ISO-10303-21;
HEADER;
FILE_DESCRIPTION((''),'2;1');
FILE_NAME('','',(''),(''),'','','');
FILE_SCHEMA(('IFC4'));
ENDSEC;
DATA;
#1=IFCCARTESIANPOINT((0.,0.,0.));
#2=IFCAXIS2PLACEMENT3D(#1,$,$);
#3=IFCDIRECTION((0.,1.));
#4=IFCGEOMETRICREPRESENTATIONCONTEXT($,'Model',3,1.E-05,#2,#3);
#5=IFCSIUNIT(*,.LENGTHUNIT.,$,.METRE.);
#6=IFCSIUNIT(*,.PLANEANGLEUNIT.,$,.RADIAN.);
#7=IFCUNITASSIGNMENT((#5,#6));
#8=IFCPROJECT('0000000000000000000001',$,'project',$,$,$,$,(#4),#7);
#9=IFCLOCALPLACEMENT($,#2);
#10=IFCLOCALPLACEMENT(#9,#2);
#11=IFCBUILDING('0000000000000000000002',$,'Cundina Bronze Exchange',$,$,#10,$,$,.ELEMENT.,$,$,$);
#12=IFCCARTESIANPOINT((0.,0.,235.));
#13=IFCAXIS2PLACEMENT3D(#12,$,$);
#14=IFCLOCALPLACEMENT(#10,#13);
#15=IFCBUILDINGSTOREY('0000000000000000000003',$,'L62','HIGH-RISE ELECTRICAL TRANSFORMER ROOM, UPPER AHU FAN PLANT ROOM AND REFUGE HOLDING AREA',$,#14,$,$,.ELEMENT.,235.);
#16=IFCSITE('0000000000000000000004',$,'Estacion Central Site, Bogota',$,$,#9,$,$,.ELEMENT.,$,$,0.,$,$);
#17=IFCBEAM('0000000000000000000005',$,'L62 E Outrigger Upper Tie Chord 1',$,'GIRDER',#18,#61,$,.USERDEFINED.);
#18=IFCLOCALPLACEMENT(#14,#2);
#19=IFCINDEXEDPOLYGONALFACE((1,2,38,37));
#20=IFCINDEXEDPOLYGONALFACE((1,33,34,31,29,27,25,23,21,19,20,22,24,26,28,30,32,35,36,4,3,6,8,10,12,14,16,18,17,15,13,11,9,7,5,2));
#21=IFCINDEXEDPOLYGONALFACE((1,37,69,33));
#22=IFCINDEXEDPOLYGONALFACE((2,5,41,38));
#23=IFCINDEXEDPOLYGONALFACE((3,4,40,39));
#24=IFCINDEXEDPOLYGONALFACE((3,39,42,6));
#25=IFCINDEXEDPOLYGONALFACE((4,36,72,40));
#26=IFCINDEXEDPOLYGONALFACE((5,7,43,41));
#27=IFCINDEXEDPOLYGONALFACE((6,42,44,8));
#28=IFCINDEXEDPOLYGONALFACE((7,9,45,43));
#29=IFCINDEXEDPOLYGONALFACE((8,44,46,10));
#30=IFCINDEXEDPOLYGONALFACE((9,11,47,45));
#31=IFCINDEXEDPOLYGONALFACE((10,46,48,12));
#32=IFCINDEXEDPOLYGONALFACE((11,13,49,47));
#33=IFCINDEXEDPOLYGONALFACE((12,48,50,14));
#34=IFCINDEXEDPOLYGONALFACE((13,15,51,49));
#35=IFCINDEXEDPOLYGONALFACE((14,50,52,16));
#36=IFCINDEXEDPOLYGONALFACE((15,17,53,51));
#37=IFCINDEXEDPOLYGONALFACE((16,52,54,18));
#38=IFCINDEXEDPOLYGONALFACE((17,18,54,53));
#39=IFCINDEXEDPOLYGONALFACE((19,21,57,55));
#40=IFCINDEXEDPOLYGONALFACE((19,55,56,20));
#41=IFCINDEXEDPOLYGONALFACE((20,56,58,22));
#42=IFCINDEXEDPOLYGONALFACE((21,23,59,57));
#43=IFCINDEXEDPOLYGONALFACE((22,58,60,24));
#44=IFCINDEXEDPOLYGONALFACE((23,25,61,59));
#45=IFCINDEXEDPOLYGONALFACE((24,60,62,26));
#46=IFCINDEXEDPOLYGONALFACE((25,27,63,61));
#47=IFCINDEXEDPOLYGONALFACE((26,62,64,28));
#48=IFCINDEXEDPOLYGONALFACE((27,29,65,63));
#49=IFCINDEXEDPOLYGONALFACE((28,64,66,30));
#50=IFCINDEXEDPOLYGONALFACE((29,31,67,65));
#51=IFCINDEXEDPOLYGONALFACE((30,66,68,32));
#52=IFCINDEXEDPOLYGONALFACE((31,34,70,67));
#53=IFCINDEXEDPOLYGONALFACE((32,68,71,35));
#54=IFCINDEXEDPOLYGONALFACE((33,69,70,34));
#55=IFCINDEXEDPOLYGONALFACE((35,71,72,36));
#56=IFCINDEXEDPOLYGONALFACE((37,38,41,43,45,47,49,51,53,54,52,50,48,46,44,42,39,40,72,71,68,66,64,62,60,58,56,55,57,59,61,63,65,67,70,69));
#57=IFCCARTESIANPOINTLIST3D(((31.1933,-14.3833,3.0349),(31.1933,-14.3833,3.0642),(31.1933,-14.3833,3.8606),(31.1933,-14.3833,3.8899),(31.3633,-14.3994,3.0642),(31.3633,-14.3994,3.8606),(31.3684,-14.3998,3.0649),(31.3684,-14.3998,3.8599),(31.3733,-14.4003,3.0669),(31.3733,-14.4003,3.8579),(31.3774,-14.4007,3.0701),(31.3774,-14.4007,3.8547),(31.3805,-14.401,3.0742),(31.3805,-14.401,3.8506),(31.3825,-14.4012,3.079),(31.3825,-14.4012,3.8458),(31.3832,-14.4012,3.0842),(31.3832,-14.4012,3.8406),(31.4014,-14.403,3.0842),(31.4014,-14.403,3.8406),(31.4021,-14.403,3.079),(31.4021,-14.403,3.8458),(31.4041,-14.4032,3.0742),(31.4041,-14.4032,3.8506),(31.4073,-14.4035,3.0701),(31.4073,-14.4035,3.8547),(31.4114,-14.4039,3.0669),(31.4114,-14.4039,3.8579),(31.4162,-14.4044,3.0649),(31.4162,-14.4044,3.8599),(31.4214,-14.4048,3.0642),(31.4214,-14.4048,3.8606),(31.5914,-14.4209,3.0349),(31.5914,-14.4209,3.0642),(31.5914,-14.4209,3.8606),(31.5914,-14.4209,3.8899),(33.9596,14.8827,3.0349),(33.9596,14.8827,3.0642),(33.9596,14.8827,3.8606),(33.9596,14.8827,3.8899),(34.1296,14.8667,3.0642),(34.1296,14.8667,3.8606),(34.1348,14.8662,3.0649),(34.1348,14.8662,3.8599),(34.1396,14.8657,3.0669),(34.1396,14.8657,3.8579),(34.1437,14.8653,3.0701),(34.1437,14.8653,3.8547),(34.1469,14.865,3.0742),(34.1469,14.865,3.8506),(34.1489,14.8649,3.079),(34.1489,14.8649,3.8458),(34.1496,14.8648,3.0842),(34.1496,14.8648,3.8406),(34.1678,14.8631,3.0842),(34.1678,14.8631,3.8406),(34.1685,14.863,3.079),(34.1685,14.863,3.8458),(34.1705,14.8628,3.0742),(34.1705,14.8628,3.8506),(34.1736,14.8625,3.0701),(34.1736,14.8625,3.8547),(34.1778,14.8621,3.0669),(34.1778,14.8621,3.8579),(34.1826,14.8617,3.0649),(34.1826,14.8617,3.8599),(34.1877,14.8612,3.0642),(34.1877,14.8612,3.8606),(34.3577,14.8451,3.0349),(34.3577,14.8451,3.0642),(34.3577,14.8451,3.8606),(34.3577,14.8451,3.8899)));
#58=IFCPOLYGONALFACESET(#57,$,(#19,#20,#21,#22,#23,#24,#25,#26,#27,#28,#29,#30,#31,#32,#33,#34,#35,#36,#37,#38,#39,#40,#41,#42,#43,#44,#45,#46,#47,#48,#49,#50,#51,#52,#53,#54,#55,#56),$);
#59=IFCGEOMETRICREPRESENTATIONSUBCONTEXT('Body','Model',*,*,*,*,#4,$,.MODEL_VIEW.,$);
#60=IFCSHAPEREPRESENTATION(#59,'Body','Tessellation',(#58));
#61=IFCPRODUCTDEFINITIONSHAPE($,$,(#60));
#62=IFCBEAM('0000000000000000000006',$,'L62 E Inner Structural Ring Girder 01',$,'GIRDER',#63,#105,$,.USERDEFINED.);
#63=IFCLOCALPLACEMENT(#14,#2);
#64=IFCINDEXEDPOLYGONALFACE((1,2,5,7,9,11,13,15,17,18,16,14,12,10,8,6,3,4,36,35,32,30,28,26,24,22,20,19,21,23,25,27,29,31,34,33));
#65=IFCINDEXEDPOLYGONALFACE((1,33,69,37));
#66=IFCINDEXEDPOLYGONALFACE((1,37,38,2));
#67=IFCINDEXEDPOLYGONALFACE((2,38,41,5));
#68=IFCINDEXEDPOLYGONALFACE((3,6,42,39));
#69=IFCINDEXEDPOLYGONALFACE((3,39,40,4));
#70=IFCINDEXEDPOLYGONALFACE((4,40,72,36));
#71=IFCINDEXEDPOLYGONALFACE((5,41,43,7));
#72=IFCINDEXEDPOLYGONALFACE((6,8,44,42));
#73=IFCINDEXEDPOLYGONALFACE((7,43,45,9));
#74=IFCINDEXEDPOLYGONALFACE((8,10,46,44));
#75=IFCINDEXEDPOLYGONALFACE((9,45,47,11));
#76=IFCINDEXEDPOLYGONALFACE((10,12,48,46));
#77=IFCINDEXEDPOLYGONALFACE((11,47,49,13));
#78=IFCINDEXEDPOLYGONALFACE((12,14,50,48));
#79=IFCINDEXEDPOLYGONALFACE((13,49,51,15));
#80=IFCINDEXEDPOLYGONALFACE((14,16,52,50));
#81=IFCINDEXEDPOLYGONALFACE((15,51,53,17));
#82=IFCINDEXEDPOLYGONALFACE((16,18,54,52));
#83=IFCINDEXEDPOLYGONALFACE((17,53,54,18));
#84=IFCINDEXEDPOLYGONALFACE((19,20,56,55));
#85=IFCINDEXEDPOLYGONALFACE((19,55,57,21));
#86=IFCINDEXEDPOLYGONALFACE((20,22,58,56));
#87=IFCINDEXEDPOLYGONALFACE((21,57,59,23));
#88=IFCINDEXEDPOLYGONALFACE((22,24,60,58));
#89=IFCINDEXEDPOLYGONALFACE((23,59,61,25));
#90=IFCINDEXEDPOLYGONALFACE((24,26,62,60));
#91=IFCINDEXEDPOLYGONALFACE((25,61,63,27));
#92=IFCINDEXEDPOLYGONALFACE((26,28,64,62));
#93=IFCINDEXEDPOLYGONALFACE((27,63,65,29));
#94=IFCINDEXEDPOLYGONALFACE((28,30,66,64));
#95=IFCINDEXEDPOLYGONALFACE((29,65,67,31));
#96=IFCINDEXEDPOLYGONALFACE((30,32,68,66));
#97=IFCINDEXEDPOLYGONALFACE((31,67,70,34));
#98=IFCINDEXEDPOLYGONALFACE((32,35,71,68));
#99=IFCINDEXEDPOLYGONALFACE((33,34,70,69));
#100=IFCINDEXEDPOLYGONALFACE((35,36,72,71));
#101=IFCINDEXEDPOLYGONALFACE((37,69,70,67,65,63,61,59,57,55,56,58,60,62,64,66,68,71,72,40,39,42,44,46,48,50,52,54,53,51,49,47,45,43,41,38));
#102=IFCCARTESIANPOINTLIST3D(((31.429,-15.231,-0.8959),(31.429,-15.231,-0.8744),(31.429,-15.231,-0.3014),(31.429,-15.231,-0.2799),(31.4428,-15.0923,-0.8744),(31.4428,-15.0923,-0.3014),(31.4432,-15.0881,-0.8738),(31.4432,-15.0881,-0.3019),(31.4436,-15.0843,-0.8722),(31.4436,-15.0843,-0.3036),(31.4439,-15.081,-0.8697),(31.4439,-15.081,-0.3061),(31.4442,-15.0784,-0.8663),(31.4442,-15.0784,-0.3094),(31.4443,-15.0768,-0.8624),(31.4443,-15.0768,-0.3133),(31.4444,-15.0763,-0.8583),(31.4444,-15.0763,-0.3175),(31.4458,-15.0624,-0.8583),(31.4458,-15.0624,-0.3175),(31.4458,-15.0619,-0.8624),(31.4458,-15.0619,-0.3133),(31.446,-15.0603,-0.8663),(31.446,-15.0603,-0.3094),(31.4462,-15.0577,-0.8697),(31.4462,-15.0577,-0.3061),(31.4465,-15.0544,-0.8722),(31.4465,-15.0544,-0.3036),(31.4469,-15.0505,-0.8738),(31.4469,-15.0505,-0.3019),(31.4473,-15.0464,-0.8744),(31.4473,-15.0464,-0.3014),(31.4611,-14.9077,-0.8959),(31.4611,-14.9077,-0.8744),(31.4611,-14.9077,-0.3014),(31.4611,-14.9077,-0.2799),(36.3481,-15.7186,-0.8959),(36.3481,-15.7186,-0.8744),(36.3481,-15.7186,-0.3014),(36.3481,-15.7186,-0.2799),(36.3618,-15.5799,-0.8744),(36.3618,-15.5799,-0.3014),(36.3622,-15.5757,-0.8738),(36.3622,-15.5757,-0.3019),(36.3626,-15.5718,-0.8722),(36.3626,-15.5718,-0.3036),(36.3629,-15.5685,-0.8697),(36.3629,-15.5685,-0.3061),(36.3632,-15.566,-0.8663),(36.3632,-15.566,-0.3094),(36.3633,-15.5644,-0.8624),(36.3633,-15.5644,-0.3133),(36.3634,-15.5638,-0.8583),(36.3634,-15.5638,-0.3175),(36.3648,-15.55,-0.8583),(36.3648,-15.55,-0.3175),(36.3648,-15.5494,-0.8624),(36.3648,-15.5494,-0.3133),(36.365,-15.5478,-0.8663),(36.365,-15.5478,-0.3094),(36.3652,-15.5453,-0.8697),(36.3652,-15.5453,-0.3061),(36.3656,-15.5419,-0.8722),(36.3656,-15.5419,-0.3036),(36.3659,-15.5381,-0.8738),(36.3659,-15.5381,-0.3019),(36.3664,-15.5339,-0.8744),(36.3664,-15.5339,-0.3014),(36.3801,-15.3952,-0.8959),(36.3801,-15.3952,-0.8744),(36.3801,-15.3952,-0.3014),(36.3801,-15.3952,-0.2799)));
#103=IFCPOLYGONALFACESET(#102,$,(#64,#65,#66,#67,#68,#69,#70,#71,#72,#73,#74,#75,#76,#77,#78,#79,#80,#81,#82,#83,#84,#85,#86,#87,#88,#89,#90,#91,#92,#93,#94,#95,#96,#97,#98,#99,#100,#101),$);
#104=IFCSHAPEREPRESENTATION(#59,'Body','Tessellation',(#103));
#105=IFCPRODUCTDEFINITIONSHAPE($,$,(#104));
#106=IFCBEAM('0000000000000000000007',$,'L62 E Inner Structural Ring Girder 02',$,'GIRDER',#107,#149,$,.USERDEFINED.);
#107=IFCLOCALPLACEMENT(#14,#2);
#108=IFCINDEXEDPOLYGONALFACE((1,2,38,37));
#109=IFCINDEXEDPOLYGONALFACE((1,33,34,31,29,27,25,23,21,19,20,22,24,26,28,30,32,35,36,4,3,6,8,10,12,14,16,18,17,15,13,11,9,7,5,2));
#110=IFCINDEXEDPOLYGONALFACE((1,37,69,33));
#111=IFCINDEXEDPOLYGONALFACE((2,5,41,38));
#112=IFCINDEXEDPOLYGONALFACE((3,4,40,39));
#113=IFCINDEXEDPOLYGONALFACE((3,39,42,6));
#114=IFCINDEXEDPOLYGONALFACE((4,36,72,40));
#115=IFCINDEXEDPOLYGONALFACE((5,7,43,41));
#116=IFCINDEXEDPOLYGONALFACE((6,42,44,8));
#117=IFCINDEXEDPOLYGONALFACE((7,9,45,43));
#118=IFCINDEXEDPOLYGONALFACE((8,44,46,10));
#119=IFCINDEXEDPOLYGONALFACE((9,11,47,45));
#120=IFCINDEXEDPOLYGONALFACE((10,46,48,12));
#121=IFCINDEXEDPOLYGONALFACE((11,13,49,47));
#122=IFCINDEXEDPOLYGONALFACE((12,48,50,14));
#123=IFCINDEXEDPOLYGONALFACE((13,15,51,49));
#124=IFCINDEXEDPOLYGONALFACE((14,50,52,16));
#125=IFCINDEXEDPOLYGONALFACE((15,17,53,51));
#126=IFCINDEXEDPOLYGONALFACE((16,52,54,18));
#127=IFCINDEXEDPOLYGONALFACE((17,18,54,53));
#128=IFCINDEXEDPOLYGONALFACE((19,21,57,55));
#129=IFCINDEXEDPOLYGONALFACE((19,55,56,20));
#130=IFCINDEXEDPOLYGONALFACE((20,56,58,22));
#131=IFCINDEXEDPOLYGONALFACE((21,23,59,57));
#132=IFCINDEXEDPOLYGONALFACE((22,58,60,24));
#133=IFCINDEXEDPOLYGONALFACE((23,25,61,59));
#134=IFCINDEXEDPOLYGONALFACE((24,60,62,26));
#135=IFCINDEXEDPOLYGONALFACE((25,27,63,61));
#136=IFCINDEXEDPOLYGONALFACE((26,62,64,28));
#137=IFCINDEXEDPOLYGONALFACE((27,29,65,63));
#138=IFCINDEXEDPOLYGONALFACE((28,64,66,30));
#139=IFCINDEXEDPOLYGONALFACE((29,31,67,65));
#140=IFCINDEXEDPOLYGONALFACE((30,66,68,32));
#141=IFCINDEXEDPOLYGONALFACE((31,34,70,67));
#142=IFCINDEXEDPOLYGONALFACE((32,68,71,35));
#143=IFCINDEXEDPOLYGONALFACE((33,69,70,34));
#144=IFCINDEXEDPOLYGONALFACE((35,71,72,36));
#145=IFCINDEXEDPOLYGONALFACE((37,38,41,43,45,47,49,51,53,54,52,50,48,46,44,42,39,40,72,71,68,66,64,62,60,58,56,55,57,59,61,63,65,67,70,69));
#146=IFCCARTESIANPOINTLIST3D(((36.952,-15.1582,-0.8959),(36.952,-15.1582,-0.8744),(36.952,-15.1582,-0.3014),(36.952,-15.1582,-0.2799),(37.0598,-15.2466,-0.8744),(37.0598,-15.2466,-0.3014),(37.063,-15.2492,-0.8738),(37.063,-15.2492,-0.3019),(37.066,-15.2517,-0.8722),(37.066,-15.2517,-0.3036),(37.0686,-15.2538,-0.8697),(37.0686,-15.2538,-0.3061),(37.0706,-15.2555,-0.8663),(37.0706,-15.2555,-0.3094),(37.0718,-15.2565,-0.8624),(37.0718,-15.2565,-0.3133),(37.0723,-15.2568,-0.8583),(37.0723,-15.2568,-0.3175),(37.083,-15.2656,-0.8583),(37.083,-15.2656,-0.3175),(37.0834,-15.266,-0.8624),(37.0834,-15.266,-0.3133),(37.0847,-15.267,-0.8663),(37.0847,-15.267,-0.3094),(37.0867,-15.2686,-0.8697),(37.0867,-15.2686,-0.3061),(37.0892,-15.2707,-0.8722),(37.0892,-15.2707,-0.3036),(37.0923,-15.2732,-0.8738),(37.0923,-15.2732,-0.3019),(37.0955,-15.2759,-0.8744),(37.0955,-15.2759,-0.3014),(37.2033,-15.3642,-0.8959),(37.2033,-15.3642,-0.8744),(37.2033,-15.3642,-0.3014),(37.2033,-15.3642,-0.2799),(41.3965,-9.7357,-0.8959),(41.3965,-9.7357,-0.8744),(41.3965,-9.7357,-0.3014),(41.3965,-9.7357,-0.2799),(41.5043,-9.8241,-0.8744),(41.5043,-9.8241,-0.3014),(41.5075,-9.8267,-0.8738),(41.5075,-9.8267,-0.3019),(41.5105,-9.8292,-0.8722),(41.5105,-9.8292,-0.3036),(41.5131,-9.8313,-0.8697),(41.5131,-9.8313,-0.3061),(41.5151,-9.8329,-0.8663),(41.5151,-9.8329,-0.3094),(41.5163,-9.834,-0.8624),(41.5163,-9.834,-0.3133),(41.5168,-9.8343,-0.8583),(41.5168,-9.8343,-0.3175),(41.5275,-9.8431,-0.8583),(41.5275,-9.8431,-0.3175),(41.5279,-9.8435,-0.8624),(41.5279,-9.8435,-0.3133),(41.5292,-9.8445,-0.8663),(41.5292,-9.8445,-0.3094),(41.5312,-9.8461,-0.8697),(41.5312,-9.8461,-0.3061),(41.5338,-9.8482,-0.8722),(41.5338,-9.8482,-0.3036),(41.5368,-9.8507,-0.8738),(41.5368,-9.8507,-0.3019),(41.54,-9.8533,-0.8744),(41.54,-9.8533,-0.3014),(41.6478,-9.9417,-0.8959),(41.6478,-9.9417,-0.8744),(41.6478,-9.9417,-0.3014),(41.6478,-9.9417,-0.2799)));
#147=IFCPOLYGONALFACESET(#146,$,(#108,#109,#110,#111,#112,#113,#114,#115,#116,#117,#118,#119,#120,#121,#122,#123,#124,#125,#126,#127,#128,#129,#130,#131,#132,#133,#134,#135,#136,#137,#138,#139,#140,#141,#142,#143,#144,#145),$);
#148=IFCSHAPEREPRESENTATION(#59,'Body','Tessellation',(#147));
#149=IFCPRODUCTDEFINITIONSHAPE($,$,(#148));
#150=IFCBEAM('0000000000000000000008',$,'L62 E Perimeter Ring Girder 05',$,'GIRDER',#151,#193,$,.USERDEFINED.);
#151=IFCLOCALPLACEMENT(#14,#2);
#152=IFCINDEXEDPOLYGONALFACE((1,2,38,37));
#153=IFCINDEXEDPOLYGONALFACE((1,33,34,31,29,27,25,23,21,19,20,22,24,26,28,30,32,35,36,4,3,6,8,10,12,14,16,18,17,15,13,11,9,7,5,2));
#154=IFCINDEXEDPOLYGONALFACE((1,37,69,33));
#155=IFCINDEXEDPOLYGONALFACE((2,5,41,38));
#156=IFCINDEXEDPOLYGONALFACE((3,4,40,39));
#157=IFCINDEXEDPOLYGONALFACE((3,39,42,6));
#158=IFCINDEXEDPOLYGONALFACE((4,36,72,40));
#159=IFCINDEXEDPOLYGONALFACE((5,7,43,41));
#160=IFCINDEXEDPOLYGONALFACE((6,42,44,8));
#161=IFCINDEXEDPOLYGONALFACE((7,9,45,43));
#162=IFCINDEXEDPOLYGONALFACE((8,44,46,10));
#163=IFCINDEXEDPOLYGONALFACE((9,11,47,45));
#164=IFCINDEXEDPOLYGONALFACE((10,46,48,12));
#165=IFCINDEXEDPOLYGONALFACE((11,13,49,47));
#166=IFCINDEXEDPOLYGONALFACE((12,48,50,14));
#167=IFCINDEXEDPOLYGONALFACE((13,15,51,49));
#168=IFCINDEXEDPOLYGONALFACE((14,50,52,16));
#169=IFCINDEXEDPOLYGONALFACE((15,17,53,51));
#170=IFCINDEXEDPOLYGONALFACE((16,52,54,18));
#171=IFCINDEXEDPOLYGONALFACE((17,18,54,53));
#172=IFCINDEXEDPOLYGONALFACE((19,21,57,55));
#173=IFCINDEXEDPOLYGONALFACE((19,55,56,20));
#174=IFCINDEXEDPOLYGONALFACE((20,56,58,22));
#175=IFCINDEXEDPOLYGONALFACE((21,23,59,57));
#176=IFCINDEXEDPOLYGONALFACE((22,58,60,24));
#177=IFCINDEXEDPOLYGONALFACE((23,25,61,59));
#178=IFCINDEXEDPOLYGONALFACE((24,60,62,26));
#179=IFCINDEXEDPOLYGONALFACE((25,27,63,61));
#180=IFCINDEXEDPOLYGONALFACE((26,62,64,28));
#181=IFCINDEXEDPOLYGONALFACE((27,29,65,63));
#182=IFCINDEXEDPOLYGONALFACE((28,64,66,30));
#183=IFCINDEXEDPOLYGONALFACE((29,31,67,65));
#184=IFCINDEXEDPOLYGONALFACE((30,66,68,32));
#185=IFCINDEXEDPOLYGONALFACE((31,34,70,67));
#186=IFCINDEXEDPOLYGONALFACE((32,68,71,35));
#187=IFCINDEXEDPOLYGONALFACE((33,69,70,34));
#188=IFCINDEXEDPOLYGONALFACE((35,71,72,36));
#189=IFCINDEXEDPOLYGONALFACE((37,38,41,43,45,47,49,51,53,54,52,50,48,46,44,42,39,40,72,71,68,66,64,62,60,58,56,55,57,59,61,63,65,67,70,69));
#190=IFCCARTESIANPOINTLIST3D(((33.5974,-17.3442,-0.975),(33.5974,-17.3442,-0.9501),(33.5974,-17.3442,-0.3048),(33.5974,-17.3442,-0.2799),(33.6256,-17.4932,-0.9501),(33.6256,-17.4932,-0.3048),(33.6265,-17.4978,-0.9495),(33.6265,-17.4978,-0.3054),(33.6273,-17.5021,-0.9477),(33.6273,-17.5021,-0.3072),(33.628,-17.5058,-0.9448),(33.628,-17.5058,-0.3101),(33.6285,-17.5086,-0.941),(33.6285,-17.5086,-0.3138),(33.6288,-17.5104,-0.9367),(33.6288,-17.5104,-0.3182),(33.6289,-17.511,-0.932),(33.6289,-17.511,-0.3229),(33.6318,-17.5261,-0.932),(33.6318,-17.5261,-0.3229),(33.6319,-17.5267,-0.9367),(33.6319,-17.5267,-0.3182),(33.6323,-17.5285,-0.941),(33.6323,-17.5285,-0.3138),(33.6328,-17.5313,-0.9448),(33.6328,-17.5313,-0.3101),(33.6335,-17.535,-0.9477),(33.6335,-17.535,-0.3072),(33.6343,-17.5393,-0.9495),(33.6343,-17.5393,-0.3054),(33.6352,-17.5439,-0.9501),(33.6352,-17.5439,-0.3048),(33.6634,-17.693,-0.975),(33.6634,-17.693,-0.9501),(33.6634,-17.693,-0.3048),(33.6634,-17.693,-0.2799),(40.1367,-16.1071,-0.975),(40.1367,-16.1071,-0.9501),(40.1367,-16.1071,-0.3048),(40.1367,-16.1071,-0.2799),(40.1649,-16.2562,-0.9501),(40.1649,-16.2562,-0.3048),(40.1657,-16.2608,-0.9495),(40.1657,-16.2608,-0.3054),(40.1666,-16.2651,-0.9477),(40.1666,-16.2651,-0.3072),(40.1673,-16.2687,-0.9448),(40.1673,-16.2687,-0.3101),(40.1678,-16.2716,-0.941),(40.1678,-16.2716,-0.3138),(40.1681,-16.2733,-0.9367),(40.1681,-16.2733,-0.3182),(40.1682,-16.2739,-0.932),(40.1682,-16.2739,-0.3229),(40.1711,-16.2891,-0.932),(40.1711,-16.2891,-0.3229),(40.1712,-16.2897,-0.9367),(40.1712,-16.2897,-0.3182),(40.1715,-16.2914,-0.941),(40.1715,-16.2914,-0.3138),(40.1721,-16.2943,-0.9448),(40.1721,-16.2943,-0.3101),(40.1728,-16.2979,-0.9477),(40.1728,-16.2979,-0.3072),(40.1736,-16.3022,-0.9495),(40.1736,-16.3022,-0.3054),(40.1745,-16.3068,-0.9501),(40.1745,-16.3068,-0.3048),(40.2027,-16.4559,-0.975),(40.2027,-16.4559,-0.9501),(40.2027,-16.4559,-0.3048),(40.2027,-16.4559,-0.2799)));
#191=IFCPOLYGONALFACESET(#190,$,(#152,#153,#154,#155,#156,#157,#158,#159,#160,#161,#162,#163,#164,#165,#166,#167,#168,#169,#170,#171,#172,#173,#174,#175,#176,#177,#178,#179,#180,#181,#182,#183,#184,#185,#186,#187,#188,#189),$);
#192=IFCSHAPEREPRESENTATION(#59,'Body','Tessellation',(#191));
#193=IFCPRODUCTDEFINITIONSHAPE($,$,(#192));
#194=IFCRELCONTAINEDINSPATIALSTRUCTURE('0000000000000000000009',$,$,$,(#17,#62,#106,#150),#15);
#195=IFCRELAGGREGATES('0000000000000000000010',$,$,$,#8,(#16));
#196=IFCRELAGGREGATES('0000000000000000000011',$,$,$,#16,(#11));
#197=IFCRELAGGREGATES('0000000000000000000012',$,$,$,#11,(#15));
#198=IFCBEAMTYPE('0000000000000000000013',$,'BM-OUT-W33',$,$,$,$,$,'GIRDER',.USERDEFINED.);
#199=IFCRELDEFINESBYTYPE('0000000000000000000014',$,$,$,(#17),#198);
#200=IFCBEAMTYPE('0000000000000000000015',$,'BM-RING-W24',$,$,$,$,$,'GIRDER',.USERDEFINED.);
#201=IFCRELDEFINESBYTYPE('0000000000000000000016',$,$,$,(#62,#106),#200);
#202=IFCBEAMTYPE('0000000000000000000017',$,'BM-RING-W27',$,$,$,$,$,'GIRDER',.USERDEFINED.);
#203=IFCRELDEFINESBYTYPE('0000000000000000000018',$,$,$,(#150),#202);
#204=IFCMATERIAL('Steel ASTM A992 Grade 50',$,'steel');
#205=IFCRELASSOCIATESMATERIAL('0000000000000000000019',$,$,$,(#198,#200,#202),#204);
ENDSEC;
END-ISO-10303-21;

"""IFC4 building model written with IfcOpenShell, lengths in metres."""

from ifc_helpers import new_model, si_unit, direction, frame, origin, origin_2d, place, context, subcontext, project, spatial, i_section, extrude, material, material_profile, profile_set, type_object, element, save


model = new_model("IFC4")

# Units and contexts
model_context = context("Model", 3, precision=1e-05, world=origin(), true_north=direction((0.0, 1.0)))
body_context = subcontext(model_context, "Body", "Model", "MODEL_VIEW")
ifc_project = project(units=[si_unit("LENGTHUNIT", "METRE"), si_unit("PLANEANGLEUNIT", "RADIAN")], contexts=[model_context])

# Site, building, storey
site_placement = place(None, origin())
site = spatial("IfcSite", under=ifc_project, at=site_placement, Name="Estacion Central Site, Bogota", CompositionType="ELEMENT", RefElevation=0.0)
building_placement = place(site_placement, origin())
building = spatial("IfcBuilding", under=site, at=building_placement, Name="Cundina Bronze Exchange", CompositionType="ELEMENT")
storey_placement = place(building_placement, frame((0.0, 0.0, 235.0)))
storey = spatial("IfcBuildingStorey", under=building, at=storey_placement, Name="L62", Description="HIGH-RISE ELECTRICAL TRANSFORMER ROOM, UPPER AHU FAN PLANT ROOM AND REFUGE HOLDING AREA", CompositionType="ELEMENT", Elevation=235.0)

# Shared definitions
ifc_material_1 = material(Name="Steel ASTM A992 Grade 50", Category="steel")

# Beams
ifc_material_profile_1 = material_profile(ifc_material_1, i_section(OverallWidth=0.3999, OverallDepth=0.855, WebThickness=0.0183, FlangeThickness=0.0293, FilletRadius=0.02, at=origin_2d()), Name="W33X201", Category="steel")
ifc_profile_set_1 = profile_set([ifc_material_profile_1], Name="Steel ASTM A992 Grade 50")
beam_type_1 = type_object("IfcBeamType", Name="BM-OUT-W33", ElementType="GIRDER", PredefinedType="USERDEFINED", material=ifc_profile_set_1)
beam_1_placement = place(storey_placement, frame((31.3923, -14.4021, 3.4624), z_axis=(0.094105, 0.995562, 0.0), x_axis=(-0.995562, 0.094105, 0.0)))
element("IfcBeam", 1, at=beam_1_placement, inside=storey, type_object=beam_type_1, Name="L62 E Outrigger Upper Tie Chord 1", ObjectType="GIRDER", PredefinedType="USERDEFINED", context=body_context, shape_type="SweptSolid", body=[
    extrude(i_section(OverallWidth=0.3999, OverallDepth=0.855, WebThickness=0.0183, FlangeThickness=0.0293, FilletRadius=0.02, at=origin_2d()), origin(), (0.0, 0.0, 1.0), 29.3965),
])
ifc_material_profile_2 = material_profile(ifc_material_1, i_section(OverallWidth=0.325, OverallDepth=0.616, WebThickness=0.0139, FlangeThickness=0.0215, FilletRadius=0.0161, at=origin_2d()), Name="W24X117", Category="steel")
ifc_profile_set_2 = profile_set([ifc_material_profile_2], Name="Steel ASTM A992 Grade 50")
beam_type_2 = type_object("IfcBeamType", Name="BM-RING-W24", ElementType="GIRDER", PredefinedType="USERDEFINED", material=ifc_profile_set_2)
beam_2_placement = place(storey_placement, frame((31.4451, -15.0693, -0.5879), z_axis=(0.995124, -0.098633, 0.0), x_axis=(0.098633, 0.995124, 0.0)))
element("IfcBeam", 2, at=beam_2_placement, inside=storey, type_object=beam_type_2, Name="L62 E Inner Structural Ring Girder 01", ObjectType="GIRDER", PredefinedType="USERDEFINED", context=body_context, shape_type="SweptSolid", body=[
    extrude(i_section(OverallWidth=0.325, OverallDepth=0.616, WebThickness=0.0139, FlangeThickness=0.0215, FilletRadius=0.0161, at=origin_2d()), origin(), (0.0, 0.0, 1.0), 4.9431),
])
beam_3_placement = place(storey_placement, frame((37.0776, -15.2612, -0.5879), z_axis=(0.633913, 0.773405, 0.0), x_axis=(-0.773405, 0.633913, 0.0)))
element("IfcBeam", 3, at=beam_3_placement, inside=storey, type_object=beam_type_2, Name="L62 E Inner Structural Ring Girder 02", ObjectType="GIRDER", PredefinedType="USERDEFINED", context=body_context, shape_type="SweptSolid", body=[
    extrude(i_section(OverallWidth=0.325, OverallDepth=0.616, WebThickness=0.0139, FlangeThickness=0.0215, FilletRadius=0.0161, at=origin_2d()), origin(), (0.0, 0.0, 1.0), 7.0112),
])
ifc_material_profile_3 = material_profile(ifc_material_1, i_section(OverallWidth=0.355, OverallDepth=0.6951, WebThickness=0.0154, FlangeThickness=0.0249, FilletRadius=0.0181, at=origin_2d()), Name="W27X146", Category="steel")
ifc_profile_set_3 = profile_set([ifc_material_profile_3], Name="Steel ASTM A992 Grade 50")
beam_type_3 = type_object("IfcBeamType", Name="BM-RING-W27", ElementType="GIRDER", PredefinedType="USERDEFINED", material=ifc_profile_set_3)
beam_4_placement = place(storey_placement, frame((33.6304, -17.5186, -0.6274), z_axis=(0.982573, 0.185876, 0.0), x_axis=(-0.185876, 0.982573, 0.0)))
element("IfcBeam", 4, at=beam_4_placement, inside=storey, type_object=beam_type_3, Name="L62 E Perimeter Ring Girder 05", ObjectType="GIRDER", PredefinedType="USERDEFINED", context=body_context, shape_type="SweptSolid", body=[
    extrude(i_section(OverallWidth=0.355, OverallDepth=0.6951, WebThickness=0.0154, FlangeThickness=0.0249, FilletRadius=0.0181, at=origin_2d()), origin(), (0.0, 0.0, 1.0), 6.6553),
])

save(model, "model.ifc")
